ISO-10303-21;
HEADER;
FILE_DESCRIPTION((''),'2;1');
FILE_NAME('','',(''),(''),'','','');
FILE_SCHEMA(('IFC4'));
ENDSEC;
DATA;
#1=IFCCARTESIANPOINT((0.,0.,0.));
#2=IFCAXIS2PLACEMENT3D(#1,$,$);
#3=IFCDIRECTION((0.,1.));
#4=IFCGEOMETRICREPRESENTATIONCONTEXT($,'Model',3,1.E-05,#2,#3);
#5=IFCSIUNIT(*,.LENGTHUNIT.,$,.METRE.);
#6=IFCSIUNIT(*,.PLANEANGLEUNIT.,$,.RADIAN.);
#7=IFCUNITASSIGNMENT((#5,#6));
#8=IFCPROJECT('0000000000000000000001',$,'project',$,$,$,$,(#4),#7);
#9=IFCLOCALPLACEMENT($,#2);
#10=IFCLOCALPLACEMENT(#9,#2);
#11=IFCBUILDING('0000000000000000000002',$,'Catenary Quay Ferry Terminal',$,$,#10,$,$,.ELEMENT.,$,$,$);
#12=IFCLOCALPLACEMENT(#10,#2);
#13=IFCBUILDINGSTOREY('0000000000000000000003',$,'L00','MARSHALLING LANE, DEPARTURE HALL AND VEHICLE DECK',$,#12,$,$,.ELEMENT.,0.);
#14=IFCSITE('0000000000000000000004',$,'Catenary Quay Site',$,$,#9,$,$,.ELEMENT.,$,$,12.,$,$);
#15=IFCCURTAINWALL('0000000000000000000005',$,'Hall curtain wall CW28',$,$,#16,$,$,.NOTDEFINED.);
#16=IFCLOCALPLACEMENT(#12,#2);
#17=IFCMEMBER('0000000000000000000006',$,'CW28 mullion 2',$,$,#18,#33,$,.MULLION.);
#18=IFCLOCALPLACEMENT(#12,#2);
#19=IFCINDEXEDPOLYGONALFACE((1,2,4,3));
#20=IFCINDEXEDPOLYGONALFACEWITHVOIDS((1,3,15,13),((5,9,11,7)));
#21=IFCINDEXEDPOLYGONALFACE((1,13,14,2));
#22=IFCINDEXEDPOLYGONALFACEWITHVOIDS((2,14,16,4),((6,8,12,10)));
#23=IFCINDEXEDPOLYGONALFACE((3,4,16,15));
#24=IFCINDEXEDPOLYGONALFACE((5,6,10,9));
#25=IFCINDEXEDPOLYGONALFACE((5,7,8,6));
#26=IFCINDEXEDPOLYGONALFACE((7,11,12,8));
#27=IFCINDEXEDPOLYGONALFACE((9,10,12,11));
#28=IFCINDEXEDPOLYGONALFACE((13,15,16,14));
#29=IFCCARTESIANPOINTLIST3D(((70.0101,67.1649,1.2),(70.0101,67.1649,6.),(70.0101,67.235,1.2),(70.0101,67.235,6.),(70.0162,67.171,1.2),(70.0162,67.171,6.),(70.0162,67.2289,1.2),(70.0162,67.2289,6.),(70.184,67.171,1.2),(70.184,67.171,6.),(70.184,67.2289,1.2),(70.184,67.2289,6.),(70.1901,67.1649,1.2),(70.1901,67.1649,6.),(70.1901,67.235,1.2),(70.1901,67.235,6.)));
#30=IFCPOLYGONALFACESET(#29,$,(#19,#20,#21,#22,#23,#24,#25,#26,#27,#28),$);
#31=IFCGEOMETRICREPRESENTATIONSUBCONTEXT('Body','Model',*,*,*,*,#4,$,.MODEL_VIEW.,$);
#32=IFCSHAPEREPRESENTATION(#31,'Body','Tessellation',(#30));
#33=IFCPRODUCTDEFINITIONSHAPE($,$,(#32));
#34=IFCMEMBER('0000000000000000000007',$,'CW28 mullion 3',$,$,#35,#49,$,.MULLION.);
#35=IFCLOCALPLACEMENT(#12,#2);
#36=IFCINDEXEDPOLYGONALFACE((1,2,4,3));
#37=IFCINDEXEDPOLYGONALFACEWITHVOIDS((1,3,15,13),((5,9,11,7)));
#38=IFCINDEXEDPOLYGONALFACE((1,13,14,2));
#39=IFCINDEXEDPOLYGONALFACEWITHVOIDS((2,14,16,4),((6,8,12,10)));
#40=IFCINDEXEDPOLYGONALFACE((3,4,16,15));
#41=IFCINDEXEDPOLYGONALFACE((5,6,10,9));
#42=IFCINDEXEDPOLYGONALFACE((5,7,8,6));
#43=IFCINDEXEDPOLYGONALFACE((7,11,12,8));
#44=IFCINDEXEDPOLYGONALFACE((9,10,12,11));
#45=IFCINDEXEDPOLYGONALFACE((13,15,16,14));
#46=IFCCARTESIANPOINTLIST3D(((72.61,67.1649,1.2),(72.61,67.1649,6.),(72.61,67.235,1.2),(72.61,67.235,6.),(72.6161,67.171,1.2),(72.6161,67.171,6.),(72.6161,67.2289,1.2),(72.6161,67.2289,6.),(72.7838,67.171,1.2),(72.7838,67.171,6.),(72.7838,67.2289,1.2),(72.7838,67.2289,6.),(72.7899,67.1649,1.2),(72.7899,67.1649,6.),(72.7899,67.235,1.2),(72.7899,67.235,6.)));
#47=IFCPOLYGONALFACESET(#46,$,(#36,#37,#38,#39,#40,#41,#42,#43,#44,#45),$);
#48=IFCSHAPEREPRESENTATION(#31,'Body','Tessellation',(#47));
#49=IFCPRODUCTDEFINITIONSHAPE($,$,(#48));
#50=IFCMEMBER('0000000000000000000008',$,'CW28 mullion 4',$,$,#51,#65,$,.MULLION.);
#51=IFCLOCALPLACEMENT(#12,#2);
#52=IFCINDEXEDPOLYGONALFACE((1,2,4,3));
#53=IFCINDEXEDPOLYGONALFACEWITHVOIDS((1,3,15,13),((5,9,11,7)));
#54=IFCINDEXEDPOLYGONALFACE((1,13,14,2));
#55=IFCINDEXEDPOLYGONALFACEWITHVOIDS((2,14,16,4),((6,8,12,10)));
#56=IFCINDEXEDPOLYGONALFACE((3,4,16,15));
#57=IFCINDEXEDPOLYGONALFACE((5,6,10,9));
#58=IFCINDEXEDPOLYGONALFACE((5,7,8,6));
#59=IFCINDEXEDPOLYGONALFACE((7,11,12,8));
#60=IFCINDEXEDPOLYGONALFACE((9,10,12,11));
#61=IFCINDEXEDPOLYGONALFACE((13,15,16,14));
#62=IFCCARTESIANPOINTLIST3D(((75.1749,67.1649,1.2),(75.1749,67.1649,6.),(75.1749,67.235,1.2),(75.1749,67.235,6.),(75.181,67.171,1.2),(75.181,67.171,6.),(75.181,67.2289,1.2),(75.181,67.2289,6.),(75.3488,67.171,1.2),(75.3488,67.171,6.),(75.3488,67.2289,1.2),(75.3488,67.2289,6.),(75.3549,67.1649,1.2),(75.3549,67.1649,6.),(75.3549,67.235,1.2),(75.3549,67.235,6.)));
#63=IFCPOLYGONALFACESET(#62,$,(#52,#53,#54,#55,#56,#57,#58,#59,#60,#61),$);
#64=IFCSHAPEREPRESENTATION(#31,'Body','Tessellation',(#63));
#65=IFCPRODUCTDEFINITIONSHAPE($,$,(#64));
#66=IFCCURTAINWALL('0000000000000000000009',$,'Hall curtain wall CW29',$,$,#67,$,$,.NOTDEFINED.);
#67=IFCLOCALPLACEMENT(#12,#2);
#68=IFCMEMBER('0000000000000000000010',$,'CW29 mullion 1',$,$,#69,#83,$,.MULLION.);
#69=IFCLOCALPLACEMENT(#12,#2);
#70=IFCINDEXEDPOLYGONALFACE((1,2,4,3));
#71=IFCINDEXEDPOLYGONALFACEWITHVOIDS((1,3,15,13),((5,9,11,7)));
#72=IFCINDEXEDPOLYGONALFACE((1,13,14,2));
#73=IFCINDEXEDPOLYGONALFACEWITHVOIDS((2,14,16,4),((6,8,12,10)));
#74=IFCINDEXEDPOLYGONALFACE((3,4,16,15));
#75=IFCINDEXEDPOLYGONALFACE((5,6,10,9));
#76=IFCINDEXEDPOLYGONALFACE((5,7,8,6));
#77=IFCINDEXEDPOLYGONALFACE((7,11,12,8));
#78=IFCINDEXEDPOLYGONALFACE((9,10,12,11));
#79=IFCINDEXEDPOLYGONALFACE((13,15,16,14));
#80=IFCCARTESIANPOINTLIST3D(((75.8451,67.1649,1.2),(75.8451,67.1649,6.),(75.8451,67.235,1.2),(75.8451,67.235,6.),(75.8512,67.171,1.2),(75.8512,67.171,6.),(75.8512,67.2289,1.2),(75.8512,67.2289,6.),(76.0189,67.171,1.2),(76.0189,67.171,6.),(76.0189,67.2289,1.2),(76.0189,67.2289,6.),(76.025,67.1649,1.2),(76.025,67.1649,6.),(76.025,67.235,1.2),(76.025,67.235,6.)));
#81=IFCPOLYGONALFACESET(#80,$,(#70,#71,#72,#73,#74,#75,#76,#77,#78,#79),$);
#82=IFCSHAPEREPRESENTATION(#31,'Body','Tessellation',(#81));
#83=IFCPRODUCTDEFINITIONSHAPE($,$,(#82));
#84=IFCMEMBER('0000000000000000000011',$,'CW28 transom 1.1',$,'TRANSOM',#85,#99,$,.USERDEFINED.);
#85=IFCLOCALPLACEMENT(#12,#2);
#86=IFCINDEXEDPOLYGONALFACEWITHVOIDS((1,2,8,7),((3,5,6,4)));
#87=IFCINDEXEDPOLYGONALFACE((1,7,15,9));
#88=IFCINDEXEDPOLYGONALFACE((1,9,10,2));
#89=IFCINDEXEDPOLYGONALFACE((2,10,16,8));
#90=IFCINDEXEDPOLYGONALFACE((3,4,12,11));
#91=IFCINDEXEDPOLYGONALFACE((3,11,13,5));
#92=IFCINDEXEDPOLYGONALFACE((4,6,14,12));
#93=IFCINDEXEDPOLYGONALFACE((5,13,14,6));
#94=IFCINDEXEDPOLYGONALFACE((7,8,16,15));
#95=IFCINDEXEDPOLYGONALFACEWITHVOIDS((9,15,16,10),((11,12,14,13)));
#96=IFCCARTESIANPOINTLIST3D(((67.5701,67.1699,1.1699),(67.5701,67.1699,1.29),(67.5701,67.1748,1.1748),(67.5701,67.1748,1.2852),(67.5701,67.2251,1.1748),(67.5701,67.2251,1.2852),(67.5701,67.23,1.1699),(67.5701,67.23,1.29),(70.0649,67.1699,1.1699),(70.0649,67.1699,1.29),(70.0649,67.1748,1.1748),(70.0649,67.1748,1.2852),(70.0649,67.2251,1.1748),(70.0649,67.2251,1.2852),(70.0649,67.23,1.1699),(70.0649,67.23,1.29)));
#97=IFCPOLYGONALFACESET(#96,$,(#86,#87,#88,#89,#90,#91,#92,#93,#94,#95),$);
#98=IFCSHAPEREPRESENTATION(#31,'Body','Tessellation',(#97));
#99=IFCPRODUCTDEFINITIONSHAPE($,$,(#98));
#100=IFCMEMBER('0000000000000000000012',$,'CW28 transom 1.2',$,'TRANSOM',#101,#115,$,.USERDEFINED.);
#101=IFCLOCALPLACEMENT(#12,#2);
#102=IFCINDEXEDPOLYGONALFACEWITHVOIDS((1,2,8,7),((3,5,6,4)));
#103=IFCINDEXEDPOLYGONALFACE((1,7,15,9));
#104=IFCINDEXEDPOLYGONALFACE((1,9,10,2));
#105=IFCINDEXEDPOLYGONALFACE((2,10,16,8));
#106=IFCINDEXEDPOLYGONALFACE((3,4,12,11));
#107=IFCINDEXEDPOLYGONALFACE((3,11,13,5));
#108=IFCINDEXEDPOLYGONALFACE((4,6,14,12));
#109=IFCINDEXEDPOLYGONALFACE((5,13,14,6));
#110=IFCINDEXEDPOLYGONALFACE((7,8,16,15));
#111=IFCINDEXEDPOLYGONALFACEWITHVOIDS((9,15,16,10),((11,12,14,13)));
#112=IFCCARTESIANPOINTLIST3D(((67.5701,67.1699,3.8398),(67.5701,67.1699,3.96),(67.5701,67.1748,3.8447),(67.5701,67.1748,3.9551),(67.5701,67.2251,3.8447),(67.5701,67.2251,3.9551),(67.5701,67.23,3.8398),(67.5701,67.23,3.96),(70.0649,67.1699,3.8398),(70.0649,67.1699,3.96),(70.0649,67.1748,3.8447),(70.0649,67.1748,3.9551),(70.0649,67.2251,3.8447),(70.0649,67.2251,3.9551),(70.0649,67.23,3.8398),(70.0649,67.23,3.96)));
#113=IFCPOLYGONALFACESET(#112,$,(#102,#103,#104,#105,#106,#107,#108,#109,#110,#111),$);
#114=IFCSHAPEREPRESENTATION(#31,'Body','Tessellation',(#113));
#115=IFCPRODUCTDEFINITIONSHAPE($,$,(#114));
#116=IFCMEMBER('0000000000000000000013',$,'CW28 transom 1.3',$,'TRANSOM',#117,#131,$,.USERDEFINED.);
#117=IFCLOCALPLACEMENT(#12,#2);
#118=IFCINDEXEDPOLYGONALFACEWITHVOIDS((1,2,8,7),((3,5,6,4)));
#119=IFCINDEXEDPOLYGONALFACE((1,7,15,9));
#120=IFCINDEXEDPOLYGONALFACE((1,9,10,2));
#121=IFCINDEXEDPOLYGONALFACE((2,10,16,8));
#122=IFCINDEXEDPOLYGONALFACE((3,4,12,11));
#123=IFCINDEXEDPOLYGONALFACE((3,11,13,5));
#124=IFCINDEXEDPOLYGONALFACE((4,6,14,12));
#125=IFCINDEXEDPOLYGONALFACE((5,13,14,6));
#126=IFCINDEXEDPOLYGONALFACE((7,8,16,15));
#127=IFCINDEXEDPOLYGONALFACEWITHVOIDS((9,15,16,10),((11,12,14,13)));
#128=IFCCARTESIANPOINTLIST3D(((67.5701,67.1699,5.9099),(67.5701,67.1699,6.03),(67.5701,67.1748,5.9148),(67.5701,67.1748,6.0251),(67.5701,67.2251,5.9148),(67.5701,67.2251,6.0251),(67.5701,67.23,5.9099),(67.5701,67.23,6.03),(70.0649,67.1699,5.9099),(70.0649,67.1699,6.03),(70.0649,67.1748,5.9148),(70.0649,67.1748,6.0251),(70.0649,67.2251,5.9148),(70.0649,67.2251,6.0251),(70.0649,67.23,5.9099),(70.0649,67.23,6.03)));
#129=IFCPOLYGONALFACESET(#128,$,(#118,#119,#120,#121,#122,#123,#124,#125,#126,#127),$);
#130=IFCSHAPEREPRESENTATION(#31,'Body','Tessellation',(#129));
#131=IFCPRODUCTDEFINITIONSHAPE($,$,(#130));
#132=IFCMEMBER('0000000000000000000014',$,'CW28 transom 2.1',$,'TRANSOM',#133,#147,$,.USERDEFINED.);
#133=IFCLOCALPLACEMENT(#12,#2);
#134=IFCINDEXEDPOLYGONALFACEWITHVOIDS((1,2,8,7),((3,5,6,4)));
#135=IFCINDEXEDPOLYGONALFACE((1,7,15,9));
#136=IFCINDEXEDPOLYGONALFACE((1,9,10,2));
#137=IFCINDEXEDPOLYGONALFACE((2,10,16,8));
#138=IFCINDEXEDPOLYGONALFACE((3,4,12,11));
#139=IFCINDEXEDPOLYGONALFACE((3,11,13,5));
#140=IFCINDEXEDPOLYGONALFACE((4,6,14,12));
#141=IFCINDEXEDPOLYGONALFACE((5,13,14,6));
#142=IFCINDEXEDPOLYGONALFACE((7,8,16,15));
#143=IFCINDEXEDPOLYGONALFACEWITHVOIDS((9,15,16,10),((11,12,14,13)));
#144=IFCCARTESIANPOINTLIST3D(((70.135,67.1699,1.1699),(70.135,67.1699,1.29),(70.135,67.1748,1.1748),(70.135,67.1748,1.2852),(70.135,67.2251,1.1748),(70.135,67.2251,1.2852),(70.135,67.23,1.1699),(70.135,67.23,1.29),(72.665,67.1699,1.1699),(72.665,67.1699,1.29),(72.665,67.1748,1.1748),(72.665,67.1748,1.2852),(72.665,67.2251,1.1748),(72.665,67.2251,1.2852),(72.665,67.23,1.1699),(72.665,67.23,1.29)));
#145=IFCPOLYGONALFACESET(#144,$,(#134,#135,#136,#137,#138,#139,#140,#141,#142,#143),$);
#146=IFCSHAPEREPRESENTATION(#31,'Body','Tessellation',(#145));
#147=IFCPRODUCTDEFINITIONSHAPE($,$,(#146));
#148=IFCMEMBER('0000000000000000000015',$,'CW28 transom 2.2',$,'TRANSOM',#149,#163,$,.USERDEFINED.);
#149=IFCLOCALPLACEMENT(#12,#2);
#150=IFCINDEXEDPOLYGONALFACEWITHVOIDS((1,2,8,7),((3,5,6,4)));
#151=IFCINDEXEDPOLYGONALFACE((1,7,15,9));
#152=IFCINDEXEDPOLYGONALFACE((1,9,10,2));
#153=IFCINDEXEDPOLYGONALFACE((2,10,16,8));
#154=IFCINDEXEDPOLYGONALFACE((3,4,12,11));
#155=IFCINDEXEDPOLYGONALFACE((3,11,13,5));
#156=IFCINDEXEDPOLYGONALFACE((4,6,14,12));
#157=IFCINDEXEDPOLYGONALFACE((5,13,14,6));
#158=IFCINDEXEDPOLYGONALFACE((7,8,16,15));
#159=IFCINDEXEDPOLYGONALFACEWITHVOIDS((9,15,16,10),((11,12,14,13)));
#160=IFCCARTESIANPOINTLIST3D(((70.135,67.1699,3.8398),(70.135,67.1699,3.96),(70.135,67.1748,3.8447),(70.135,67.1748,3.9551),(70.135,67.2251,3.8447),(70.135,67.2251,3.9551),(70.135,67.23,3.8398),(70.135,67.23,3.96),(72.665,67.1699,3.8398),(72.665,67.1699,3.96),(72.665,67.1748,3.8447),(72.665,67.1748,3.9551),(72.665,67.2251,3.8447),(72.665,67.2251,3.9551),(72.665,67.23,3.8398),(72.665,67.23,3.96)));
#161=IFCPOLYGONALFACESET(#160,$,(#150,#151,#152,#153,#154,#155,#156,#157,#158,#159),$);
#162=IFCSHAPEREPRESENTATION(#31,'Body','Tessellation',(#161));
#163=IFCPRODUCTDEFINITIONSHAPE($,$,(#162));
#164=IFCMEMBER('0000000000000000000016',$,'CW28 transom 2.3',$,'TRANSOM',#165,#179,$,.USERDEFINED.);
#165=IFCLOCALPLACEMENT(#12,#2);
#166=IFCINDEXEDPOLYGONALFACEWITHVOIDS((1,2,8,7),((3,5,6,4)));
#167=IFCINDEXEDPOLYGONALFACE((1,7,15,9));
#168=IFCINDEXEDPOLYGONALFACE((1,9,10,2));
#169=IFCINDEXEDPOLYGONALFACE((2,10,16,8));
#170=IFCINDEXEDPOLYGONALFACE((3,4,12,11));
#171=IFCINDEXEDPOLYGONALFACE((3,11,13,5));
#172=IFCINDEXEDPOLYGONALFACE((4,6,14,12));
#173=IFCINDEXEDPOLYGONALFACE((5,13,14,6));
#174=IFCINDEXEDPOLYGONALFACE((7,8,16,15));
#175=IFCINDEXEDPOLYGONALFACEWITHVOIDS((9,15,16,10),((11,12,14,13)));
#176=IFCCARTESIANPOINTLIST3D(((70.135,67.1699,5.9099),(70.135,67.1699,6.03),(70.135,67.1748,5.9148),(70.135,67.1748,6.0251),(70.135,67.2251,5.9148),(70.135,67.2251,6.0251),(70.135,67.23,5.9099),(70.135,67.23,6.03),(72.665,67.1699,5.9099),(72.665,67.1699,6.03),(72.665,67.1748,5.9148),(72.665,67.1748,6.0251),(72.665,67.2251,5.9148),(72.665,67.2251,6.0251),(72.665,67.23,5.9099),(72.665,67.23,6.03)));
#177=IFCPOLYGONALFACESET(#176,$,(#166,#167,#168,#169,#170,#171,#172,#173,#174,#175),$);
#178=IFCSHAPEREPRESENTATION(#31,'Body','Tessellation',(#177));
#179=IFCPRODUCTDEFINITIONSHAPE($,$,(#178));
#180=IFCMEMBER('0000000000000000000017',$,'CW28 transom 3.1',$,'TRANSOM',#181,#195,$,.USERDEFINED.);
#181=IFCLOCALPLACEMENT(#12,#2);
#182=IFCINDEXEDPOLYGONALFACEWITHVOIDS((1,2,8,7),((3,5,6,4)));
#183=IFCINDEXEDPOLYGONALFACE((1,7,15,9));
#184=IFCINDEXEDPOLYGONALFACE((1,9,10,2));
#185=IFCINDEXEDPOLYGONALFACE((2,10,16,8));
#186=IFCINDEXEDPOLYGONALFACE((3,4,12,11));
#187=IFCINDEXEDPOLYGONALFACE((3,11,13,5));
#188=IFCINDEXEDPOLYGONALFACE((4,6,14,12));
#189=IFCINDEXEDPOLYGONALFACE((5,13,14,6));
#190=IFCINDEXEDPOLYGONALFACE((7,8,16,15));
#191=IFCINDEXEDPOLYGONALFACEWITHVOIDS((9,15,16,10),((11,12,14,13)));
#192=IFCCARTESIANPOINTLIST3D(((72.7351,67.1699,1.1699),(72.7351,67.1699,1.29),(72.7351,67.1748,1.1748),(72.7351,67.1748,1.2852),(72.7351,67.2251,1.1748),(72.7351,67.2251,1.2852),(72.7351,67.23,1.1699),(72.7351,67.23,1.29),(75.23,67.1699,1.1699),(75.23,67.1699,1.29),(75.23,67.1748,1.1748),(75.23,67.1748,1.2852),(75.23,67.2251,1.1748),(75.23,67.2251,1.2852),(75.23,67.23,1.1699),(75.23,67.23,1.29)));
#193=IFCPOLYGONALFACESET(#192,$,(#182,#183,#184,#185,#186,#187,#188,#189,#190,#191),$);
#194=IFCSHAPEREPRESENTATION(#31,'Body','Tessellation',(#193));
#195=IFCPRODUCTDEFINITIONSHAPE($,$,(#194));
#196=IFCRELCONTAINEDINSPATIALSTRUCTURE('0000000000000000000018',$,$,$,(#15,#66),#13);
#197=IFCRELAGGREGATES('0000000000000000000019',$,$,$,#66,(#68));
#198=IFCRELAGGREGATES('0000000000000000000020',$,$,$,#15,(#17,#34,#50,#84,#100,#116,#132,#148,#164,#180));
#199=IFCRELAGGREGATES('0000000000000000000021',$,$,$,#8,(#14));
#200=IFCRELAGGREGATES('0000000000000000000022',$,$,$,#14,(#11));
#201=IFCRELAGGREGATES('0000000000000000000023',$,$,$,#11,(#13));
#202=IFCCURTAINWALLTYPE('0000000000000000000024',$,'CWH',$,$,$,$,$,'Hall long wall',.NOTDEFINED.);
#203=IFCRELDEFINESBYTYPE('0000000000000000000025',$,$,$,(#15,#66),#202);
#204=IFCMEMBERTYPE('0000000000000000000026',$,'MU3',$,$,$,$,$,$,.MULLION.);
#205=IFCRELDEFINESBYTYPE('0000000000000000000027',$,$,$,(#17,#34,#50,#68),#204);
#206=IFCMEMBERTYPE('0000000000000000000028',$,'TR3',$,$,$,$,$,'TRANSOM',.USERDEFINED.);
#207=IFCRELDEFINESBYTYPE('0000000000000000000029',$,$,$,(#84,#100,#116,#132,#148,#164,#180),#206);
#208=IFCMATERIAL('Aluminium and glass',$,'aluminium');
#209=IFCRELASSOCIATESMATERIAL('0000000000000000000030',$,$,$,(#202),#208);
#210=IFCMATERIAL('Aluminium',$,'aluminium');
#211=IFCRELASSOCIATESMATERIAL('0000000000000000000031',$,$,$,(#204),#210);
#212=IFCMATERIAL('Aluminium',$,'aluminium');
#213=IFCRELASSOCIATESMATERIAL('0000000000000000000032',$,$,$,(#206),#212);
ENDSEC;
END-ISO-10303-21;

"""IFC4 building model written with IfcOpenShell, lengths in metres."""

from ifc_helpers import new_model, si_unit, direction, frame, origin, origin_2d, place, context, subcontext, project, spatial, hollow_rectangle, extrude, material, material_profile, profile_set, type_object, element, aggregate, save


model = new_model("IFC4")

# Units and contexts
model_context = context("Model", 3, precision=1e-05, world=origin(), true_north=direction((0.0, 1.0)))
body_context = subcontext(model_context, "Body", "Model", "MODEL_VIEW")
ifc_project = project(units=[si_unit("LENGTHUNIT", "METRE"), si_unit("PLANEANGLEUNIT", "RADIAN")], contexts=[model_context])

# Site, building, storey
site_placement = place(None, origin())
site = spatial("IfcSite", under=ifc_project, at=site_placement, Name="Catenary Quay Site", CompositionType="ELEMENT", RefElevation=12.0)
building_placement = place(site_placement, origin())
building = spatial("IfcBuilding", under=site, at=building_placement, Name="Catenary Quay Ferry Terminal", CompositionType="ELEMENT")
storey_placement = place(building_placement, origin())
storey = spatial("IfcBuildingStorey", under=building, at=storey_placement, Name="L00", Description="MARSHALLING LANE, DEPARTURE HALL AND VEHICLE DECK", CompositionType="ELEMENT", Elevation=0.0)

# Curtain wall, members
ifc_material_1 = material(Name="Aluminium and glass", Category="aluminium")
curtain_wall_type = type_object("IfcCurtainWallType", Name="CWH", ElementType="Hall long wall", PredefinedType="NOTDEFINED", material=ifc_material_1)
curtain_wall_1_placement = place(storey_placement, origin())
curtain_wall_1 = element("IfcCurtainWall", 1, at=curtain_wall_1_placement, inside=storey, type_object=curtain_wall_type, Name="Hall curtain wall CW28", PredefinedType="NOTDEFINED")
ifc_material_2 = material(Name="Aluminium", Category="aluminium")
ifc_material_profile_1 = material_profile(ifc_material_2, hollow_rectangle(XDim=0.0701, YDim=0.1799, WallThickness=0.0061, at=origin_2d()), Name="MU3")
ifc_profile_set_1 = profile_set([ifc_material_profile_1], Name="Aluminium")
member_type_1 = type_object("IfcMemberType", Name="MU3", PredefinedType="MULLION", material=ifc_profile_set_1)
member_1_placement = place(storey_placement, frame((70.1001, 67.2, 1.2), z_axis=(0.0, 0.0, 1.0), x_axis=(0.0, 1.0, 0.0)))
member_1 = element("IfcMember", 2, at=member_1_placement, type_object=member_type_1, Name="CW28 mullion 2", PredefinedType="MULLION", context=body_context, shape_type="SweptSolid", body=[
    extrude(hollow_rectangle(XDim=0.0701, YDim=0.1799, WallThickness=0.0061, at=origin_2d()), origin(), (0.0, 0.0, 1.0), 4.8),
])
member_2_placement = place(storey_placement, frame((72.7, 67.2, 1.2), z_axis=(0.0, 0.0, 1.0), x_axis=(0.0, 1.0, 0.0)))
member_2 = element("IfcMember", 3, at=member_2_placement, type_object=member_type_1, Name="CW28 mullion 3", PredefinedType="MULLION", context=body_context, shape_type="SweptSolid", body=[
    extrude(hollow_rectangle(XDim=0.0701, YDim=0.1799, WallThickness=0.0061, at=origin_2d()), origin(), (0.0, 0.0, 1.0), 4.8),
])
member_3_placement = place(storey_placement, frame((75.2649, 67.2, 1.2), z_axis=(0.0, 0.0, 1.0), x_axis=(0.0, 1.0, 0.0)))
member_3 = element("IfcMember", 4, at=member_3_placement, type_object=member_type_1, Name="CW28 mullion 4", PredefinedType="MULLION", context=body_context, shape_type="SweptSolid", body=[
    extrude(hollow_rectangle(XDim=0.0701, YDim=0.1799, WallThickness=0.0061, at=origin_2d()), origin(), (0.0, 0.0, 1.0), 4.8),
])

# Curtain wall, member
curtain_wall_2_placement = place(storey_placement, origin())
curtain_wall_2 = element("IfcCurtainWall", 5, at=curtain_wall_2_placement, inside=storey, type_object=curtain_wall_type, Name="Hall curtain wall CW29", PredefinedType="NOTDEFINED")
member_4_placement = place(storey_placement, frame((75.9351, 67.2, 1.2), z_axis=(0.0, 0.0, 1.0), x_axis=(0.0, 1.0, 0.0)))
member_4 = element("IfcMember", 6, at=member_4_placement, type_object=member_type_1, Name="CW29 mullion 1", PredefinedType="MULLION", context=body_context, shape_type="SweptSolid", body=[
    extrude(hollow_rectangle(XDim=0.0701, YDim=0.1799, WallThickness=0.0061, at=origin_2d()), origin(), (0.0, 0.0, 1.0), 4.8),
])

# Members
ifc_material_3 = material(Name="Aluminium", Category="aluminium")
ifc_material_profile_2 = material_profile(ifc_material_3, hollow_rectangle(XDim=0.0601, YDim=0.1201, WallThickness=0.0049, at=origin_2d()), Name="TR3")
ifc_profile_set_2 = profile_set([ifc_material_profile_2], Name="Aluminium")
member_type_2 = type_object("IfcMemberType", Name="TR3", ElementType="TRANSOM", PredefinedType="USERDEFINED", material=ifc_profile_set_2)
member_5_placement = place(storey_placement, frame((67.5701, 67.2, 1.23), z_axis=(1.0, 0.0, 0.0), x_axis=(0.0, 1.0, 0.0)))
member_5 = element("IfcMember", 7, at=member_5_placement, type_object=member_type_2, Name="CW28 transom 1.1", ObjectType="TRANSOM", PredefinedType="USERDEFINED", context=body_context, shape_type="SweptSolid", body=[
    extrude(hollow_rectangle(XDim=0.0601, YDim=0.1201, WallThickness=0.0049, at=origin_2d()), origin(), (0.0, 0.0, 1.0), 2.4949),
])
member_6_placement = place(storey_placement, frame((67.5701, 67.2, 3.8999), z_axis=(1.0, 0.0, 0.0), x_axis=(0.0, 1.0, 0.0)))
member_6 = element("IfcMember", 8, at=member_6_placement, type_object=member_type_2, Name="CW28 transom 1.2", ObjectType="TRANSOM", PredefinedType="USERDEFINED", context=body_context, shape_type="SweptSolid", body=[
    extrude(hollow_rectangle(XDim=0.0601, YDim=0.1201, WallThickness=0.0049, at=origin_2d()), origin(), (0.0, 0.0, 1.0), 2.4949),
])
member_7_placement = place(storey_placement, frame((67.5701, 67.2, 5.97), z_axis=(1.0, 0.0, 0.0), x_axis=(0.0, 1.0, 0.0)))
member_7 = element("IfcMember", 9, at=member_7_placement, type_object=member_type_2, Name="CW28 transom 1.3", ObjectType="TRANSOM", PredefinedType="USERDEFINED", context=body_context, shape_type="SweptSolid", body=[
    extrude(hollow_rectangle(XDim=0.0601, YDim=0.1201, WallThickness=0.0049, at=origin_2d()), origin(), (0.0, 0.0, 1.0), 2.4949),
])
member_8_placement = place(storey_placement, frame((70.135, 67.2, 1.23), z_axis=(1.0, 0.0, 0.0), x_axis=(0.0, 1.0, 0.0)))
member_8 = element("IfcMember", 10, at=member_8_placement, type_object=member_type_2, Name="CW28 transom 2.1", ObjectType="TRANSOM", PredefinedType="USERDEFINED", context=body_context, shape_type="SweptSolid", body=[
    extrude(hollow_rectangle(XDim=0.0601, YDim=0.1201, WallThickness=0.0049, at=origin_2d()), origin(), (0.0, 0.0, 1.0), 2.53),
])
member_9_placement = place(storey_placement, frame((70.135, 67.2, 3.8999), z_axis=(1.0, 0.0, 0.0), x_axis=(0.0, 1.0, 0.0)))
member_9 = element("IfcMember", 11, at=member_9_placement, type_object=member_type_2, Name="CW28 transom 2.2", ObjectType="TRANSOM", PredefinedType="USERDEFINED", context=body_context, shape_type="SweptSolid", body=[
    extrude(hollow_rectangle(XDim=0.0601, YDim=0.1201, WallThickness=0.0049, at=origin_2d()), origin(), (0.0, 0.0, 1.0), 2.53),
])
member_10_placement = place(storey_placement, frame((70.135, 67.2, 5.97), z_axis=(1.0, 0.0, 0.0), x_axis=(0.0, 1.0, 0.0)))
member_10 = element("IfcMember", 12, at=member_10_placement, type_object=member_type_2, Name="CW28 transom 2.3", ObjectType="TRANSOM", PredefinedType="USERDEFINED", context=body_context, shape_type="SweptSolid", body=[
    extrude(hollow_rectangle(XDim=0.0601, YDim=0.1201, WallThickness=0.0049, at=origin_2d()), origin(), (0.0, 0.0, 1.0), 2.53),
])
member_11_placement = place(storey_placement, frame((72.7351, 67.2, 1.23), z_axis=(1.0, 0.0, 0.0), x_axis=(0.0, 1.0, 0.0)))
member_11 = element("IfcMember", 13, at=member_11_placement, type_object=member_type_2, Name="CW28 transom 3.1", ObjectType="TRANSOM", PredefinedType="USERDEFINED", context=body_context, shape_type="SweptSolid", body=[
    extrude(hollow_rectangle(XDim=0.0601, YDim=0.1201, WallThickness=0.0049, at=origin_2d()), origin(), (0.0, 0.0, 1.0), 2.4949),
])
aggregate(curtain_wall_2, [member_4])

aggregate(curtain_wall_1, [member_1, member_2, member_3, member_5, member_6, member_7, member_8, member_9, member_10, member_11])

save(model, "model.ifc")
